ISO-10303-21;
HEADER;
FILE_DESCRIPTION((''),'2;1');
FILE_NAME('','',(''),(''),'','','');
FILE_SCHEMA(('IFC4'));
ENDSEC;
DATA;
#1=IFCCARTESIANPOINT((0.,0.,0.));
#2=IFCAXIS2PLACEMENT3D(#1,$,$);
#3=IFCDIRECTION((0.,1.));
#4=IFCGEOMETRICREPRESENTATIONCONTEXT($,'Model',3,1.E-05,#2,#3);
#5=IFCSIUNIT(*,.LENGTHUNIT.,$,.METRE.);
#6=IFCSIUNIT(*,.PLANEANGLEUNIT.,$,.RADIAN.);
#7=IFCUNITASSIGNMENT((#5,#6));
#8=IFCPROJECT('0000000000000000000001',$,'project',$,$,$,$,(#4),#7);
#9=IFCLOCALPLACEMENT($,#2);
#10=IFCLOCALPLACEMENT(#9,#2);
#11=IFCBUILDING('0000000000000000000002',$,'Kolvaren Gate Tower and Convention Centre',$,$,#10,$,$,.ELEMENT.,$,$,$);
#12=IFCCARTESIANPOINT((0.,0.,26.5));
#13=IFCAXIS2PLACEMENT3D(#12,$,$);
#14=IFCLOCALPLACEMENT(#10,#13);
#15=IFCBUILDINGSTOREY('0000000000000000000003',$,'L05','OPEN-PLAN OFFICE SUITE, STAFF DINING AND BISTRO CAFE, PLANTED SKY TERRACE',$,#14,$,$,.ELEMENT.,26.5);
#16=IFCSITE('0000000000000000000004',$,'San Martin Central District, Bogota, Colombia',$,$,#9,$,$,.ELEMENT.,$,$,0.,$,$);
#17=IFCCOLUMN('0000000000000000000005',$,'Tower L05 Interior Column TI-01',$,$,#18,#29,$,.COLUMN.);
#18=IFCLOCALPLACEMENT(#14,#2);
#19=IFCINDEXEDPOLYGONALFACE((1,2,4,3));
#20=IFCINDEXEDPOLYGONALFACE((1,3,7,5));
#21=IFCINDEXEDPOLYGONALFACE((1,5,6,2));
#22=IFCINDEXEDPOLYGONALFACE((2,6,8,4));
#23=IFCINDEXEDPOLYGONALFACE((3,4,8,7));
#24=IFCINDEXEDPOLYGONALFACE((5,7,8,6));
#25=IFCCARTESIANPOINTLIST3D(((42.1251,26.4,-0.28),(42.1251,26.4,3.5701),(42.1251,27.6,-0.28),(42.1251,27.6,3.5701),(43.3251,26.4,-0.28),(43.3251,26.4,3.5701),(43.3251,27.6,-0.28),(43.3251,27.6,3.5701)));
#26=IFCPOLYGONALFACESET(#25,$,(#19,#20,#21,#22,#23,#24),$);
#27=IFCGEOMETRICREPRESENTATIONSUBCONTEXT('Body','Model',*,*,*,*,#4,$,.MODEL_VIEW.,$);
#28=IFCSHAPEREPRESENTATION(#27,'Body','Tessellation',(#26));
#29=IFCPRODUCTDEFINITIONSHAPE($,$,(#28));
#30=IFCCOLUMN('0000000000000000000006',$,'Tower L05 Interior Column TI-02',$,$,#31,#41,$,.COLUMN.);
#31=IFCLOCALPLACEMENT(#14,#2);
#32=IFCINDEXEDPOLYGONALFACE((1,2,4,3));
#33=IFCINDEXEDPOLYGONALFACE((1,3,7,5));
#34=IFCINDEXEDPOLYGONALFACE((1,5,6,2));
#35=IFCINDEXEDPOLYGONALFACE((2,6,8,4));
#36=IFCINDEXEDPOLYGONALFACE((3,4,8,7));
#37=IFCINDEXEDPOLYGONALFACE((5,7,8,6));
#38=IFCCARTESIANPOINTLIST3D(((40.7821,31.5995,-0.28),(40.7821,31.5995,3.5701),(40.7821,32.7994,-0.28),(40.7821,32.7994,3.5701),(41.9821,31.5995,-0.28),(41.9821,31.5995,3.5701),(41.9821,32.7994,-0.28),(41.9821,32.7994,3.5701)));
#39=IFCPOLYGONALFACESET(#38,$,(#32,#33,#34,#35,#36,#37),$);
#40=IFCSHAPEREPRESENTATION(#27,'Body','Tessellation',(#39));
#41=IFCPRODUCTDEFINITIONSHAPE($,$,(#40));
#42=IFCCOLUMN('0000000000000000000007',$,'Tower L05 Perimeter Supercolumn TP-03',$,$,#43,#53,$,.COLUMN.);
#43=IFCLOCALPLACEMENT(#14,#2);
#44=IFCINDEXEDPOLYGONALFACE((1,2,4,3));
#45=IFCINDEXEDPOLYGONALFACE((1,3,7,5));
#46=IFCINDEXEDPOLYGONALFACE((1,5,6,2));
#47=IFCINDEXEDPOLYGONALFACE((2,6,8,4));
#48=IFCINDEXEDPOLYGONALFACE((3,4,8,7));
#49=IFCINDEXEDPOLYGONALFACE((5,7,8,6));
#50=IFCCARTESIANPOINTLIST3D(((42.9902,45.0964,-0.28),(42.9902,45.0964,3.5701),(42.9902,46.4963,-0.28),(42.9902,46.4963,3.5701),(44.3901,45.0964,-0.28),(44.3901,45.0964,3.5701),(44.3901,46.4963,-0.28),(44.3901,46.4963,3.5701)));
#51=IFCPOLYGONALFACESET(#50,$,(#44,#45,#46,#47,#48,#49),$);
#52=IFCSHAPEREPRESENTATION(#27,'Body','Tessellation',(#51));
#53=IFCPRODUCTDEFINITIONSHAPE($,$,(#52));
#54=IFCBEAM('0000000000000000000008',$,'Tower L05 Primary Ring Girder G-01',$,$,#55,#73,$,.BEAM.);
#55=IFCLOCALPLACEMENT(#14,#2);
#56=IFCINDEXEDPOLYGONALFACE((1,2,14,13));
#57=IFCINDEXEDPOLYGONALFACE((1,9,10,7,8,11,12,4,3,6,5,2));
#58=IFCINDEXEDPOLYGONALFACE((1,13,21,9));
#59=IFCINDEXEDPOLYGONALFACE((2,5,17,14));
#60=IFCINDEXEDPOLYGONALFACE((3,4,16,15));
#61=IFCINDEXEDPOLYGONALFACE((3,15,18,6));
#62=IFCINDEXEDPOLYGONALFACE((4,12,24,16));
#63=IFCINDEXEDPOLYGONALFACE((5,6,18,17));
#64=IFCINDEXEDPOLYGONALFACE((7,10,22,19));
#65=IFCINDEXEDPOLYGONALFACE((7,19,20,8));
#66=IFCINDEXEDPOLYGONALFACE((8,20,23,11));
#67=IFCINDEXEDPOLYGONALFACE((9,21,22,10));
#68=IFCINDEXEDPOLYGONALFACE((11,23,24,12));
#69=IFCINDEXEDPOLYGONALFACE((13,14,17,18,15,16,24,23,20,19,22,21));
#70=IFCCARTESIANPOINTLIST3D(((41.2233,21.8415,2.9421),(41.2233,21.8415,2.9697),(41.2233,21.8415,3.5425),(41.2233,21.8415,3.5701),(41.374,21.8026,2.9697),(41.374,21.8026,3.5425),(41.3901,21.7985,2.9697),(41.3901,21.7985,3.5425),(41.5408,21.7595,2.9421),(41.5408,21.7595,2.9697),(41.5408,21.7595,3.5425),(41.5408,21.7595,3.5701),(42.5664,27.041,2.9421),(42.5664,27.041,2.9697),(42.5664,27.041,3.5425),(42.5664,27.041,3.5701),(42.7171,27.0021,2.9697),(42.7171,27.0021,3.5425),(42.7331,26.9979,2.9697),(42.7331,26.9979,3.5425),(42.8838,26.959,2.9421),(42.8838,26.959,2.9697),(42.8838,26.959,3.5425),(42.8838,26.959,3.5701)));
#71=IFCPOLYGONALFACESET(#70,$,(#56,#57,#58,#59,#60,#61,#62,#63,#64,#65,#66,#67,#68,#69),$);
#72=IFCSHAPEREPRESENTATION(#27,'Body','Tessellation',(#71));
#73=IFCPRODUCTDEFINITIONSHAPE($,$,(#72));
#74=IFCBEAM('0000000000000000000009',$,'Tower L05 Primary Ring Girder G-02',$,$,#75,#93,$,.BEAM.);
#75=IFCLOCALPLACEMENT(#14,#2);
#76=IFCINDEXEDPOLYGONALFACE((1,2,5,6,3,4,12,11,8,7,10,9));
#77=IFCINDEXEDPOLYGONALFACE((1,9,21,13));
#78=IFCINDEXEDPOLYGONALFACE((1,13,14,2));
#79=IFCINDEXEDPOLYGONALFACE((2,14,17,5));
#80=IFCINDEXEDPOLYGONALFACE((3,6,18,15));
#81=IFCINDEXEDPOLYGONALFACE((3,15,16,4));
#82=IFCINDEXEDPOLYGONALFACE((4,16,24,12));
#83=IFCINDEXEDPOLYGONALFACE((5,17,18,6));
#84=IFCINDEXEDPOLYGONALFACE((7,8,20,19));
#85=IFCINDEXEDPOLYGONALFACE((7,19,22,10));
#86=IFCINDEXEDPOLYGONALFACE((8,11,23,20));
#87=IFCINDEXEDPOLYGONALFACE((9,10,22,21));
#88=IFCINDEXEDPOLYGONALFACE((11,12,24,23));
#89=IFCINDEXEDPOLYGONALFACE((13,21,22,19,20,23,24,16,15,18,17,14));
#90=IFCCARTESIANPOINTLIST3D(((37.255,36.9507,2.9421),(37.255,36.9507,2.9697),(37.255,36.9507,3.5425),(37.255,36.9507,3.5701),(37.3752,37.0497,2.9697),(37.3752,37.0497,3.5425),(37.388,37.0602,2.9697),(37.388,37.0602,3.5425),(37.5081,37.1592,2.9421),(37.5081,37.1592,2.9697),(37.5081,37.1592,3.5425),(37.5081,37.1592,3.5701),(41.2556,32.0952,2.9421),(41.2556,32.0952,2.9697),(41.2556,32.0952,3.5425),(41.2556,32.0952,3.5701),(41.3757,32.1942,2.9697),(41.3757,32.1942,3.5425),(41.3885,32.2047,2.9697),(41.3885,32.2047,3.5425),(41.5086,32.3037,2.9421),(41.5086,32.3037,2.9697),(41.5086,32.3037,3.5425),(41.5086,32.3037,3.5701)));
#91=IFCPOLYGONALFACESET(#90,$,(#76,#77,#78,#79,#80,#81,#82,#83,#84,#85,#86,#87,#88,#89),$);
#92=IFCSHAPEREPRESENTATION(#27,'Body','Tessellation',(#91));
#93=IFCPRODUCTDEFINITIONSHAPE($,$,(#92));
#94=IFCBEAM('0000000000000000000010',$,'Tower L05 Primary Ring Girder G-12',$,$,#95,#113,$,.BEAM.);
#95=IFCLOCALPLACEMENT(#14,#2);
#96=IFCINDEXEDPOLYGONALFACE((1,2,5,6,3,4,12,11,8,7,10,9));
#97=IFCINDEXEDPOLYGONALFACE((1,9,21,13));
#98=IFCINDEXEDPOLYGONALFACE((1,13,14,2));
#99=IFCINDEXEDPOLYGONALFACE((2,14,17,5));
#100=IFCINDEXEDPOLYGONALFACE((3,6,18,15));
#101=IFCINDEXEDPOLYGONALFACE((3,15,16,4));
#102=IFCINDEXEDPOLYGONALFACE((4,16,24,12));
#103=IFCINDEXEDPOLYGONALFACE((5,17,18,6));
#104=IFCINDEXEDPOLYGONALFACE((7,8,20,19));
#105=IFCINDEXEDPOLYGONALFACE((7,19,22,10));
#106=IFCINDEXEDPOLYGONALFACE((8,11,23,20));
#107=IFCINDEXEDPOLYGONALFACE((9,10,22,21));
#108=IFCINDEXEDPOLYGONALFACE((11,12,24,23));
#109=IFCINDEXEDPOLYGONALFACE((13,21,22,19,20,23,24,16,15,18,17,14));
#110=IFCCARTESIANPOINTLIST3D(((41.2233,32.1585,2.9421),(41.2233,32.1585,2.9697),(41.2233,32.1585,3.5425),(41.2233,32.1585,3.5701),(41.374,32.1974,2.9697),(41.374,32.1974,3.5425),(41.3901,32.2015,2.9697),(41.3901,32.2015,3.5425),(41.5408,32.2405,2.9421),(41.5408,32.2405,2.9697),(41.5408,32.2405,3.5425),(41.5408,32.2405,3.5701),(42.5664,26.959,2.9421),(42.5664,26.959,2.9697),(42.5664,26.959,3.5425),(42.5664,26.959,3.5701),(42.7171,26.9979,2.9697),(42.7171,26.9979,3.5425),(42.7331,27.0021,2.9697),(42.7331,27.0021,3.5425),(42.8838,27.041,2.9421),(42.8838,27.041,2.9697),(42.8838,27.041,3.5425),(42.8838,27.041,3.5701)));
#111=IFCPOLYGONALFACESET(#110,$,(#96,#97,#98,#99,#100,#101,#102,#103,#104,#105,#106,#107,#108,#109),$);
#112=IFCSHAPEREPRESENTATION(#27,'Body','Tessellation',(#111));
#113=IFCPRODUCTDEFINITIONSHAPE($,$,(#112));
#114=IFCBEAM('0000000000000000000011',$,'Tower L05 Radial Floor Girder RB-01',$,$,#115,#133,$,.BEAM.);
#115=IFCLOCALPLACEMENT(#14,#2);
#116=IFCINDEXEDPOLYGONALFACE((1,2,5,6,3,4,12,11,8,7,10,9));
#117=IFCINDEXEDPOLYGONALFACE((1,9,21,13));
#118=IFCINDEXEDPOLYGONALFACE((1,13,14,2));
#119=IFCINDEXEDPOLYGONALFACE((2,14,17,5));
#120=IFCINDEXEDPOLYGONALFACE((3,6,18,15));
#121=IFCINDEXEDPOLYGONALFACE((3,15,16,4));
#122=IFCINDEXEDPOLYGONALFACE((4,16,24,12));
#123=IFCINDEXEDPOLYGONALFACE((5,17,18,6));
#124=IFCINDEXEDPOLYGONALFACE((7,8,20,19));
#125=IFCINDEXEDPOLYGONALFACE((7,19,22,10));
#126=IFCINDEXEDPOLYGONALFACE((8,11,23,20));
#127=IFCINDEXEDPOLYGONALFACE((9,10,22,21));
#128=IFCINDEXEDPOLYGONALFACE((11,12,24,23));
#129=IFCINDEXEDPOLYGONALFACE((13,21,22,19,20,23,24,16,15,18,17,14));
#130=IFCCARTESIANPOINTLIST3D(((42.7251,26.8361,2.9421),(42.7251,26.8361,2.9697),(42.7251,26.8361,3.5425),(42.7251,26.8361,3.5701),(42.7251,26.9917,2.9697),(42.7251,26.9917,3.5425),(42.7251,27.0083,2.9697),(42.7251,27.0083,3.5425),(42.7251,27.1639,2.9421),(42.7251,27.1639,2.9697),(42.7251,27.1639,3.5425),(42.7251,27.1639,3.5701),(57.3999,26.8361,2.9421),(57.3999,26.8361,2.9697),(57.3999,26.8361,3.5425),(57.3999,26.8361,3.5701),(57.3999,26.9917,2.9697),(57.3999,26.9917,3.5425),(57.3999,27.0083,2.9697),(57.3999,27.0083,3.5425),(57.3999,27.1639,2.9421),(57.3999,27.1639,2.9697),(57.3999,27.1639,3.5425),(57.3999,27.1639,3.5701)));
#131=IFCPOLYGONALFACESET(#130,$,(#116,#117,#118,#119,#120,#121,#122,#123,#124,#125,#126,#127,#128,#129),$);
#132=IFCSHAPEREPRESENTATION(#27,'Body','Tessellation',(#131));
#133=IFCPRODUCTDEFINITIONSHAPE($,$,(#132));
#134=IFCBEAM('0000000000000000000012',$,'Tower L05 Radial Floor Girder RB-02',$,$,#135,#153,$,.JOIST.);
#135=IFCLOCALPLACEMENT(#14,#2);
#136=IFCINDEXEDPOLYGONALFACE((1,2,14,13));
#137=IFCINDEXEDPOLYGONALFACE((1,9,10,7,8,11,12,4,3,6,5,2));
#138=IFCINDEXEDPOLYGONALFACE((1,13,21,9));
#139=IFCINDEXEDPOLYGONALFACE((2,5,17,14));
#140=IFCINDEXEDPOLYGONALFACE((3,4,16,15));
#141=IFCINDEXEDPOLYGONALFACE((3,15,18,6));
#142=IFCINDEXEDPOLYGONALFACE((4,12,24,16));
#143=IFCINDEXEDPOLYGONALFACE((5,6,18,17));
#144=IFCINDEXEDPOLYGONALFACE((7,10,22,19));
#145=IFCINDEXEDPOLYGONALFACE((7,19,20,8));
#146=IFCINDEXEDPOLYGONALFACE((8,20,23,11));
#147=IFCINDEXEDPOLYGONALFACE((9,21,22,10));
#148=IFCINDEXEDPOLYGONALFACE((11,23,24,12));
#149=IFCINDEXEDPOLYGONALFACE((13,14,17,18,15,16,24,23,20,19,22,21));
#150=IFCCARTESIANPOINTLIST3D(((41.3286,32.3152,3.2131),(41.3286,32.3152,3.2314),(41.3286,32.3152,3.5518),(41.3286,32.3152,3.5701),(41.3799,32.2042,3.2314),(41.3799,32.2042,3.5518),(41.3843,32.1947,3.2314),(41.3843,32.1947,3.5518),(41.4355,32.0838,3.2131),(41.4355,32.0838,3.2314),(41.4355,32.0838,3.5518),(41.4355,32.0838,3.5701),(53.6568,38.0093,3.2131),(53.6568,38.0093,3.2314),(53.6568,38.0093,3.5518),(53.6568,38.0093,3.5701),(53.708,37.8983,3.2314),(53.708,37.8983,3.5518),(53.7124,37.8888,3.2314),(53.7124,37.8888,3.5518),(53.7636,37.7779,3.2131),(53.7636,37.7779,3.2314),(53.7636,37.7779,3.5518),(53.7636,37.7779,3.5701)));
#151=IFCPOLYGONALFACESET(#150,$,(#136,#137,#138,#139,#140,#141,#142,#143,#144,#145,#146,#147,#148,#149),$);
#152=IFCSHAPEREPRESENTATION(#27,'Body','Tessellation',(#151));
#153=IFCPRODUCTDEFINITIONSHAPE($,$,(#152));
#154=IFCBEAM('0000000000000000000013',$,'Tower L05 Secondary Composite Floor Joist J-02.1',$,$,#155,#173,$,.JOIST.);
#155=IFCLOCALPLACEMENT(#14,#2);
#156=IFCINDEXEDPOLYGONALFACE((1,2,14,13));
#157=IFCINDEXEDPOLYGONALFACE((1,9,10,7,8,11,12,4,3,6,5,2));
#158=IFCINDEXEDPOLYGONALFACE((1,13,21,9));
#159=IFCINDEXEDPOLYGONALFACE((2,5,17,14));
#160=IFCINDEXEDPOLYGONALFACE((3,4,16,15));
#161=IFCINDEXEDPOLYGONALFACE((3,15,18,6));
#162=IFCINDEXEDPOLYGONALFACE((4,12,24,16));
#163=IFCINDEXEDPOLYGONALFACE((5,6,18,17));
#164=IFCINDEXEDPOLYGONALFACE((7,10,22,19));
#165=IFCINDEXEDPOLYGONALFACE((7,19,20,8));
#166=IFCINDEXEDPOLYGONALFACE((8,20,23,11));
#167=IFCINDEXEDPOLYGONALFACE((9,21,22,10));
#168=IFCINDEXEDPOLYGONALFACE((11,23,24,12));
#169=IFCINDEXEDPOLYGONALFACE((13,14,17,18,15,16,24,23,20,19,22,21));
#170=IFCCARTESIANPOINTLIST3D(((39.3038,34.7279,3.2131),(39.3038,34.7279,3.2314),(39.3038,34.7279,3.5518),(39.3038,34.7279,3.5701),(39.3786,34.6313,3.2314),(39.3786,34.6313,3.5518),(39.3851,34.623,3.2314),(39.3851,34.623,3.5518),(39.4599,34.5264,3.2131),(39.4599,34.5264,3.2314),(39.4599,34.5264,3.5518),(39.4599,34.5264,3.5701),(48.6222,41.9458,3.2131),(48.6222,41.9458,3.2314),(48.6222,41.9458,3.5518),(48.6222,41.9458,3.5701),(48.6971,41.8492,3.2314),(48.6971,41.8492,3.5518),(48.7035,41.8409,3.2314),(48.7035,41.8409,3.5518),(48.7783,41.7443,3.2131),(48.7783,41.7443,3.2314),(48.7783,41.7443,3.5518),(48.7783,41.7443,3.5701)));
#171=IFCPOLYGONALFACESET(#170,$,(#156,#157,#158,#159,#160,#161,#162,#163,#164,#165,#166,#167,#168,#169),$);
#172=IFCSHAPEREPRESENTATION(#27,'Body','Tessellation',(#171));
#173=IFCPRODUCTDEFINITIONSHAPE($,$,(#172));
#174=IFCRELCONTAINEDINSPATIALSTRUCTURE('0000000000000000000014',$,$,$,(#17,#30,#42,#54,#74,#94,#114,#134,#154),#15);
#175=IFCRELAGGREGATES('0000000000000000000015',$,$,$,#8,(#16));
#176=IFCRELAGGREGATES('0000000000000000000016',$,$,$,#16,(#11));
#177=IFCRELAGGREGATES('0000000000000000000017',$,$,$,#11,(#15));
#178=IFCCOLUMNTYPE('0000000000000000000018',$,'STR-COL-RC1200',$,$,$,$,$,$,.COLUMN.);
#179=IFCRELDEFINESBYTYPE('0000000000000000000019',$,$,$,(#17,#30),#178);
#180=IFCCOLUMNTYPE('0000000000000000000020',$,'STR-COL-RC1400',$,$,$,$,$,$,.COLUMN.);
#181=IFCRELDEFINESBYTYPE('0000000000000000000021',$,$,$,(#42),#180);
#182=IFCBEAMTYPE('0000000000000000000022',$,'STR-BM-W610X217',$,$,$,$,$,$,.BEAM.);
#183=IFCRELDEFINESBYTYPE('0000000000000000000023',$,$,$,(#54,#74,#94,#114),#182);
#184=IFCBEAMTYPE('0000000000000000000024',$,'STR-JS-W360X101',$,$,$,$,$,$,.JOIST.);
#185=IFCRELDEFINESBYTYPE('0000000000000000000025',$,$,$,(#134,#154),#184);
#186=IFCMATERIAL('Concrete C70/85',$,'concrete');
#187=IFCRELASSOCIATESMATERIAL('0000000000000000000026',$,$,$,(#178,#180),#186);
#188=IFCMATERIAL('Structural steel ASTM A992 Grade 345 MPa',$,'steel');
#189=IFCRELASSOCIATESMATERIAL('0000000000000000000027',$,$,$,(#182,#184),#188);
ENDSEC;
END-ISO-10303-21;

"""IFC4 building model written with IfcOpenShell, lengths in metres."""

from ifc_helpers import new_model, si_unit, direction, frame, origin, origin_2d, place, context, subcontext, project, spatial, rectangle, i_section, extrude, material, material_profile, profile_set, type_object, element, save


model = new_model("IFC4")

# Units and contexts
model_context = context("Model", 3, precision=1e-05, world=origin(), true_north=direction((0.0, 1.0)))
body_context = subcontext(model_context, "Body", "Model", "MODEL_VIEW")
ifc_project = project(units=[si_unit("LENGTHUNIT", "METRE"), si_unit("PLANEANGLEUNIT", "RADIAN")], contexts=[model_context])

# Site, building, storey
site_placement = place(None, origin())
site = spatial("IfcSite", under=ifc_project, at=site_placement, Name="San Martin Central District, Bogota, Colombia", CompositionType="ELEMENT", RefElevation=0.0)
building_placement = place(site_placement, origin())
building = spatial("IfcBuilding", under=site, at=building_placement, Name="Kolvaren Gate Tower and Convention Centre", CompositionType="ELEMENT")
storey_placement = place(building_placement, frame((0.0, 0.0, 26.5)))
storey = spatial("IfcBuildingStorey", under=building, at=storey_placement, Name="L05", Description="OPEN-PLAN OFFICE SUITE, STAFF DINING AND BISTRO CAFE, PLANTED SKY TERRACE", CompositionType="ELEMENT", Elevation=26.5)

# Columns
ifc_material_1 = material(Name="Concrete C70/85", Category="concrete")
ifc_material_profile_1 = material_profile(ifc_material_1, rectangle(XDim=1.2, YDim=1.2, at=origin_2d()), Name="RC-COL-1200X1200")
ifc_profile_set_1 = profile_set([ifc_material_profile_1], Name="Concrete C70/85")
column_type_1 = type_object("IfcColumnType", Name="STR-COL-RC1200", PredefinedType="COLUMN", material=ifc_profile_set_1)
for number, where, z_axis, x_axis, name in (
    (1, (42.7251, 27.0, -0.28), (0.0, 0.0, 1.0), (1.0, 0.0, 0.0), "Tower L05 Interior Column TI-01"),
    (2, (41.3821, 32.1995, -0.28), (0.0, 0.0, 1.0), (1.0, 0.0, 0.0), "Tower L05 Interior Column TI-02"),
):
    element("IfcColumn", number, at=place(storey_placement, frame(where, z_axis=z_axis, x_axis=x_axis)), inside=storey, type_object=column_type_1, Name=name, PredefinedType="COLUMN", context=body_context, shape_type="SweptSolid", body=[
        extrude(rectangle(XDim=1.2, YDim=1.2, at=origin_2d()), origin(), (0.0, 0.0, 1.0), 3.8501),
    ])
ifc_material_profile_2 = material_profile(ifc_material_1, rectangle(XDim=1.3999, YDim=1.3999, at=origin_2d()), Name="RC-COL-1400X1400")
ifc_profile_set_2 = profile_set([ifc_material_profile_2], Name="Concrete C70/85")
column_type_2 = type_object("IfcColumnType", Name="STR-COL-RC1400", PredefinedType="COLUMN", material=ifc_profile_set_2)
column_placement = place(storey_placement, frame((43.6902, 45.7964, -0.28), z_axis=(0.0, 0.0, 1.0), x_axis=(1.0, 0.0, 0.0)))
element("IfcColumn", 3, at=column_placement, inside=storey, type_object=column_type_2, Name="Tower L05 Perimeter Supercolumn TP-03", PredefinedType="COLUMN", context=body_context, shape_type="SweptSolid", body=[
    extrude(rectangle(XDim=1.3999, YDim=1.3999, at=origin_2d()), origin(), (0.0, 0.0, 1.0), 3.8501),
])

# Beams
ifc_material_2 = material(Name="Structural steel ASTM A992 Grade 345 MPa", Category="steel")
ifc_material_profile_3 = material_profile(ifc_material_2, i_section(OverallWidth=0.3279, OverallDepth=0.6279, WebThickness=0.0166, FlangeThickness=0.0276, at=origin_2d()), Name="W610X217")
ifc_profile_set_3 = profile_set([ifc_material_profile_3], Name="Structural steel ASTM A992 Grade 345 MPa")
beam_type_1 = type_object("IfcBeamType", Name="STR-BM-W610X217", PredefinedType="BEAM", material=ifc_profile_set_3)
beam_1_placement = place(storey_placement, frame((42.7251, 27.0, 3.2561), z_axis=(-0.250091, -0.968222, 0.0), x_axis=(0.968222, -0.250091, 0.0)))
element("IfcBeam", 4, at=beam_1_placement, inside=storey, type_object=beam_type_1, Name="Tower L05 Primary Ring Girder G-01", PredefinedType="BEAM", context=body_context, shape_type="SweptSolid", body=[
    extrude(i_section(OverallWidth=0.3279, OverallDepth=0.6279, WebThickness=0.0166, FlangeThickness=0.0276, at=origin_2d()), origin(), (0.0, 0.0, 1.0), 5.3701),
])
beam_2_placement = place(storey_placement, frame((41.3821, 32.1995, 3.2561), z_axis=(-0.635884, 0.771785, 0.0), x_axis=(-0.771785, -0.635884, 0.0)))
element("IfcBeam", 5, at=beam_2_placement, inside=storey, type_object=beam_type_1, Name="Tower L05 Primary Ring Girder G-02", PredefinedType="BEAM", context=body_context, shape_type="SweptSolid", body=[
    extrude(i_section(OverallWidth=0.3279, OverallDepth=0.6279, WebThickness=0.0166, FlangeThickness=0.0276, at=origin_2d()), origin(), (0.0, 0.0, 1.0), 6.2913),
])
beam_3_placement = place(storey_placement, frame((42.7251, 27.0, 3.2561), z_axis=(-0.250091, 0.968222, 0.0), x_axis=(-0.968222, -0.250091, 0.0)))
element("IfcBeam", 6, at=beam_3_placement, inside=storey, type_object=beam_type_1, Name="Tower L05 Primary Ring Girder G-12", PredefinedType="BEAM", context=body_context, shape_type="SweptSolid", body=[
    extrude(i_section(OverallWidth=0.3279, OverallDepth=0.6279, WebThickness=0.0166, FlangeThickness=0.0276, at=origin_2d()), origin(), (0.0, 0.0, 1.0), 5.3701),
])
beam_4_placement = place(storey_placement, frame((42.7251, 27.0, 3.2561), z_axis=(1.0, 0.0, 0.0), x_axis=(0.0, 1.0, 0.0)))
element("IfcBeam", 7, at=beam_4_placement, inside=storey, type_object=beam_type_1, Name="Tower L05 Radial Floor Girder RB-01", PredefinedType="BEAM", context=body_context, shape_type="SweptSolid", body=[
    extrude(i_section(OverallWidth=0.3279, OverallDepth=0.6279, WebThickness=0.0166, FlangeThickness=0.0276, at=origin_2d()), origin(), (0.0, 0.0, 1.0), 14.6748),
])
ifc_material_profile_4 = material_profile(ifc_material_2, i_section(OverallWidth=0.2549, OverallDepth=0.3569, WebThickness=0.0105, FlangeThickness=0.0183, at=origin_2d()), Name="W360X101")
ifc_profile_set_4 = profile_set([ifc_material_profile_4], Name="Structural steel ASTM A992 Grade 345 MPa")
beam_type_2 = type_object("IfcBeamType", Name="STR-JS-W360X101", PredefinedType="JOIST", material=ifc_profile_set_4)
beam_5_placement = place(storey_placement, frame((41.3821, 32.1995, 3.3916), z_axis=(0.907842, 0.419312, 0.0), x_axis=(-0.419312, 0.907842, 0.0)))
element("IfcBeam", 8, at=beam_5_placement, inside=storey, type_object=beam_type_2, Name="Tower L05 Radial Floor Girder RB-02", PredefinedType="JOIST", context=body_context, shape_type="SweptSolid", body=[
    extrude(i_section(OverallWidth=0.2549, OverallDepth=0.3569, WebThickness=0.0105, FlangeThickness=0.0183, at=origin_2d()), origin(), (0.0, 0.0, 1.0), 13.5796),
])
beam_6_placement = place(storey_placement, frame((39.3818, 34.6272, 3.3916), z_axis=(0.790577, 0.612362, 0.0), x_axis=(-0.612362, 0.790577, 0.0)))
element("IfcBeam", 9, at=beam_6_placement, inside=storey, type_object=beam_type_2, Name="Tower L05 Secondary Composite Floor Joist J-02.1", PredefinedType="JOIST", context=body_context, shape_type="SweptSolid", body=[
    extrude(i_section(OverallWidth=0.2549, OverallDepth=0.3569, WebThickness=0.0105, FlangeThickness=0.0183, at=origin_2d()), origin(), (0.0, 0.0, 1.0), 11.7869),
])

save(model, "model.ifc")
